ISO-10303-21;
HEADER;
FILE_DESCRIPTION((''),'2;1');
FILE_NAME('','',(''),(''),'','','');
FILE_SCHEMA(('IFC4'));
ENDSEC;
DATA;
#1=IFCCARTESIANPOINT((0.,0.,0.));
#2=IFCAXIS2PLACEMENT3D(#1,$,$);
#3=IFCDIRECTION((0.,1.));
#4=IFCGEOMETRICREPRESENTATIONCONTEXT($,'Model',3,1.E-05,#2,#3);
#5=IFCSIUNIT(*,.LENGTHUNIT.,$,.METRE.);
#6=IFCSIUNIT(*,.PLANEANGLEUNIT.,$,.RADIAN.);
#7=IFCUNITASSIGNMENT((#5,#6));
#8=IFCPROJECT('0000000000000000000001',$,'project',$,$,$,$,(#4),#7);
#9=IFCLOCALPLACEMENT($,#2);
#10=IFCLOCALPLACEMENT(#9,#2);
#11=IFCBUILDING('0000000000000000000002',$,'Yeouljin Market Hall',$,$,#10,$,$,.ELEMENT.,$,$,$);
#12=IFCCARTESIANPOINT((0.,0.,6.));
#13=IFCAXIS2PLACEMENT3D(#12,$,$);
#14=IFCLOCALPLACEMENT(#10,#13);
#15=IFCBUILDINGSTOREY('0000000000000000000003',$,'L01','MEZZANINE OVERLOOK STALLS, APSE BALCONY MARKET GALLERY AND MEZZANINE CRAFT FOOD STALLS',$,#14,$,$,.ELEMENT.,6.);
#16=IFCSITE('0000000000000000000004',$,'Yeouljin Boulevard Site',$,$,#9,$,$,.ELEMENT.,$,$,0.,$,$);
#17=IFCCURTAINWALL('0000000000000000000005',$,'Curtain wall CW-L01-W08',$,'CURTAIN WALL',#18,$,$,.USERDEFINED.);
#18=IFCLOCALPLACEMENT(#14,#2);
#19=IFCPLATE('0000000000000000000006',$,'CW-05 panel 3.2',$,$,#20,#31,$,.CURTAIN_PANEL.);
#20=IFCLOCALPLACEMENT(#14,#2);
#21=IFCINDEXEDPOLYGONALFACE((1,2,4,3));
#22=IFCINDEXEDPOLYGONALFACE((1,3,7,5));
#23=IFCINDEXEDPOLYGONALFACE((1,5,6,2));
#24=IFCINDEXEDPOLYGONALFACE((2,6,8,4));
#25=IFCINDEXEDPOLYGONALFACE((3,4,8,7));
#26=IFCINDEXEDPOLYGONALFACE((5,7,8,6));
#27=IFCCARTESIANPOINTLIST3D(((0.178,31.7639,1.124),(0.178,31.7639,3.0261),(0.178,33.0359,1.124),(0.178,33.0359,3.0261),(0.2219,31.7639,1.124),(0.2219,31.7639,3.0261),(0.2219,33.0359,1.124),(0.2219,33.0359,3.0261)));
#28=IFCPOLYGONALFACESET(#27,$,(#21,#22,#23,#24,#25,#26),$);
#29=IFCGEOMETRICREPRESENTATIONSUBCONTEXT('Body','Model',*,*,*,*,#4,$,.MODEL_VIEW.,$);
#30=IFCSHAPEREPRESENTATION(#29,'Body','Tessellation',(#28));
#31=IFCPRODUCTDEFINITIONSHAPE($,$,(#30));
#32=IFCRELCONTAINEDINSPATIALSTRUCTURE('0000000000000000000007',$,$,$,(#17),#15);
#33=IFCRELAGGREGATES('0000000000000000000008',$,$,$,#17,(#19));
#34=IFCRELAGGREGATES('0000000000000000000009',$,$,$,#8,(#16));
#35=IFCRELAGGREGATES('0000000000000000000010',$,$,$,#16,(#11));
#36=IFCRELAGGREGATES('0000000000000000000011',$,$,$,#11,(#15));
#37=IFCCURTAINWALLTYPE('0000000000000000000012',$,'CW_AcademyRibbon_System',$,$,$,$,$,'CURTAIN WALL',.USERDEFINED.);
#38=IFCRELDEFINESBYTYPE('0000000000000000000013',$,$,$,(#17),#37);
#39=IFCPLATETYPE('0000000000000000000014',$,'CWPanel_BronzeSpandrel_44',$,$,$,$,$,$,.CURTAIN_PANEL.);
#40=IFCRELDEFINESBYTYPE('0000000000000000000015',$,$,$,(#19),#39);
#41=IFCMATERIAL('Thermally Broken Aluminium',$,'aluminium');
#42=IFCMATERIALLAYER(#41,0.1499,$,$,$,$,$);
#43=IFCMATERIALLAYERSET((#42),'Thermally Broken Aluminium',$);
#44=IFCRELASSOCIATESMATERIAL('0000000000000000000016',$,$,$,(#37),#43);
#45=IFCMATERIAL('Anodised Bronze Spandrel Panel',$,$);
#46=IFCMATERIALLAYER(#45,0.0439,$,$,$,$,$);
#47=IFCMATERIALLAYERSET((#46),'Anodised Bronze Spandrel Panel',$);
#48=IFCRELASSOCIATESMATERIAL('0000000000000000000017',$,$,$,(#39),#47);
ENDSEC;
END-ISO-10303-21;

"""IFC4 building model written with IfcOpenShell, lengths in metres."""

from ifc_helpers import new_model, si_unit, direction, frame, origin, origin_2d, place, context, subcontext, project, spatial, rectangle, extrude, material, layer, layer_set, type_object, element, aggregate, save


model = new_model("IFC4")

# Units and contexts
model_context = context("Model", 3, precision=1e-05, world=origin(), true_north=direction((0.0, 1.0)))
body_context = subcontext(model_context, "Body", "Model", "MODEL_VIEW")
ifc_project = project(units=[si_unit("LENGTHUNIT", "METRE"), si_unit("PLANEANGLEUNIT", "RADIAN")], contexts=[model_context])

# Site, building, storey
site_placement = place(None, origin())
site = spatial("IfcSite", under=ifc_project, at=site_placement, Name="Yeouljin Boulevard Site", CompositionType="ELEMENT", RefElevation=0.0)
building_placement = place(site_placement, origin())
building = spatial("IfcBuilding", under=site, at=building_placement, Name="Yeouljin Market Hall", CompositionType="ELEMENT")
storey_placement = place(building_placement, frame((0.0, 0.0, 6.0)))
storey = spatial("IfcBuildingStorey", under=building, at=storey_placement, Name="L01", Description="MEZZANINE OVERLOOK STALLS, APSE BALCONY MARKET GALLERY AND MEZZANINE CRAFT FOOD STALLS", CompositionType="ELEMENT", Elevation=6.0)

# Curtain wall, plate
ifc_material_1 = material(Name="Thermally Broken Aluminium", Category="aluminium")
ifc_layer_1 = layer(ifc_material_1, 0.1499)
ifc_layer_set_1 = layer_set([ifc_layer_1], Name="Thermally Broken Aluminium")
curtain_wall_type = type_object("IfcCurtainWallType", Name="CW_AcademyRibbon_System", ElementType="CURTAIN WALL", PredefinedType="USERDEFINED", material=ifc_layer_set_1)
curtain_wall_placement = place(storey_placement, origin())
curtain_wall = element("IfcCurtainWall", 1, at=curtain_wall_placement, inside=storey, type_object=curtain_wall_type, Name="Curtain wall CW-L01-W08", ObjectType="CURTAIN WALL", PredefinedType="USERDEFINED")
ifc_material_2 = material(Name="Anodised Bronze Spandrel Panel")
ifc_layer_2 = layer(ifc_material_2, 0.0439)
ifc_layer_set_2 = layer_set([ifc_layer_2], Name="Anodised Bronze Spandrel Panel")
plate_type = type_object("IfcPlateType", Name="CWPanel_BronzeSpandrel_44", PredefinedType="CURTAIN_PANEL", material=ifc_layer_set_2)
plate_1_placement = place(storey_placement, frame((0.2, 32.3999, 1.124), z_axis=(0.0, 0.0, 1.0), x_axis=(0.0, 1.0, 0.0)))
plate_1 = element("IfcPlate", 2, at=plate_1_placement, type_object=plate_type, Name="CW-05 panel 3.2", PredefinedType="CURTAIN_PANEL", context=body_context, shape_type="SweptSolid", body=[
    extrude(rectangle(XDim=1.272, YDim=0.0439, at=origin_2d()), origin(), (0.0, 0.0, 1.0), 1.9021),
])
aggregate(curtain_wall, [plate_1])

save(model, "model.ifc")
